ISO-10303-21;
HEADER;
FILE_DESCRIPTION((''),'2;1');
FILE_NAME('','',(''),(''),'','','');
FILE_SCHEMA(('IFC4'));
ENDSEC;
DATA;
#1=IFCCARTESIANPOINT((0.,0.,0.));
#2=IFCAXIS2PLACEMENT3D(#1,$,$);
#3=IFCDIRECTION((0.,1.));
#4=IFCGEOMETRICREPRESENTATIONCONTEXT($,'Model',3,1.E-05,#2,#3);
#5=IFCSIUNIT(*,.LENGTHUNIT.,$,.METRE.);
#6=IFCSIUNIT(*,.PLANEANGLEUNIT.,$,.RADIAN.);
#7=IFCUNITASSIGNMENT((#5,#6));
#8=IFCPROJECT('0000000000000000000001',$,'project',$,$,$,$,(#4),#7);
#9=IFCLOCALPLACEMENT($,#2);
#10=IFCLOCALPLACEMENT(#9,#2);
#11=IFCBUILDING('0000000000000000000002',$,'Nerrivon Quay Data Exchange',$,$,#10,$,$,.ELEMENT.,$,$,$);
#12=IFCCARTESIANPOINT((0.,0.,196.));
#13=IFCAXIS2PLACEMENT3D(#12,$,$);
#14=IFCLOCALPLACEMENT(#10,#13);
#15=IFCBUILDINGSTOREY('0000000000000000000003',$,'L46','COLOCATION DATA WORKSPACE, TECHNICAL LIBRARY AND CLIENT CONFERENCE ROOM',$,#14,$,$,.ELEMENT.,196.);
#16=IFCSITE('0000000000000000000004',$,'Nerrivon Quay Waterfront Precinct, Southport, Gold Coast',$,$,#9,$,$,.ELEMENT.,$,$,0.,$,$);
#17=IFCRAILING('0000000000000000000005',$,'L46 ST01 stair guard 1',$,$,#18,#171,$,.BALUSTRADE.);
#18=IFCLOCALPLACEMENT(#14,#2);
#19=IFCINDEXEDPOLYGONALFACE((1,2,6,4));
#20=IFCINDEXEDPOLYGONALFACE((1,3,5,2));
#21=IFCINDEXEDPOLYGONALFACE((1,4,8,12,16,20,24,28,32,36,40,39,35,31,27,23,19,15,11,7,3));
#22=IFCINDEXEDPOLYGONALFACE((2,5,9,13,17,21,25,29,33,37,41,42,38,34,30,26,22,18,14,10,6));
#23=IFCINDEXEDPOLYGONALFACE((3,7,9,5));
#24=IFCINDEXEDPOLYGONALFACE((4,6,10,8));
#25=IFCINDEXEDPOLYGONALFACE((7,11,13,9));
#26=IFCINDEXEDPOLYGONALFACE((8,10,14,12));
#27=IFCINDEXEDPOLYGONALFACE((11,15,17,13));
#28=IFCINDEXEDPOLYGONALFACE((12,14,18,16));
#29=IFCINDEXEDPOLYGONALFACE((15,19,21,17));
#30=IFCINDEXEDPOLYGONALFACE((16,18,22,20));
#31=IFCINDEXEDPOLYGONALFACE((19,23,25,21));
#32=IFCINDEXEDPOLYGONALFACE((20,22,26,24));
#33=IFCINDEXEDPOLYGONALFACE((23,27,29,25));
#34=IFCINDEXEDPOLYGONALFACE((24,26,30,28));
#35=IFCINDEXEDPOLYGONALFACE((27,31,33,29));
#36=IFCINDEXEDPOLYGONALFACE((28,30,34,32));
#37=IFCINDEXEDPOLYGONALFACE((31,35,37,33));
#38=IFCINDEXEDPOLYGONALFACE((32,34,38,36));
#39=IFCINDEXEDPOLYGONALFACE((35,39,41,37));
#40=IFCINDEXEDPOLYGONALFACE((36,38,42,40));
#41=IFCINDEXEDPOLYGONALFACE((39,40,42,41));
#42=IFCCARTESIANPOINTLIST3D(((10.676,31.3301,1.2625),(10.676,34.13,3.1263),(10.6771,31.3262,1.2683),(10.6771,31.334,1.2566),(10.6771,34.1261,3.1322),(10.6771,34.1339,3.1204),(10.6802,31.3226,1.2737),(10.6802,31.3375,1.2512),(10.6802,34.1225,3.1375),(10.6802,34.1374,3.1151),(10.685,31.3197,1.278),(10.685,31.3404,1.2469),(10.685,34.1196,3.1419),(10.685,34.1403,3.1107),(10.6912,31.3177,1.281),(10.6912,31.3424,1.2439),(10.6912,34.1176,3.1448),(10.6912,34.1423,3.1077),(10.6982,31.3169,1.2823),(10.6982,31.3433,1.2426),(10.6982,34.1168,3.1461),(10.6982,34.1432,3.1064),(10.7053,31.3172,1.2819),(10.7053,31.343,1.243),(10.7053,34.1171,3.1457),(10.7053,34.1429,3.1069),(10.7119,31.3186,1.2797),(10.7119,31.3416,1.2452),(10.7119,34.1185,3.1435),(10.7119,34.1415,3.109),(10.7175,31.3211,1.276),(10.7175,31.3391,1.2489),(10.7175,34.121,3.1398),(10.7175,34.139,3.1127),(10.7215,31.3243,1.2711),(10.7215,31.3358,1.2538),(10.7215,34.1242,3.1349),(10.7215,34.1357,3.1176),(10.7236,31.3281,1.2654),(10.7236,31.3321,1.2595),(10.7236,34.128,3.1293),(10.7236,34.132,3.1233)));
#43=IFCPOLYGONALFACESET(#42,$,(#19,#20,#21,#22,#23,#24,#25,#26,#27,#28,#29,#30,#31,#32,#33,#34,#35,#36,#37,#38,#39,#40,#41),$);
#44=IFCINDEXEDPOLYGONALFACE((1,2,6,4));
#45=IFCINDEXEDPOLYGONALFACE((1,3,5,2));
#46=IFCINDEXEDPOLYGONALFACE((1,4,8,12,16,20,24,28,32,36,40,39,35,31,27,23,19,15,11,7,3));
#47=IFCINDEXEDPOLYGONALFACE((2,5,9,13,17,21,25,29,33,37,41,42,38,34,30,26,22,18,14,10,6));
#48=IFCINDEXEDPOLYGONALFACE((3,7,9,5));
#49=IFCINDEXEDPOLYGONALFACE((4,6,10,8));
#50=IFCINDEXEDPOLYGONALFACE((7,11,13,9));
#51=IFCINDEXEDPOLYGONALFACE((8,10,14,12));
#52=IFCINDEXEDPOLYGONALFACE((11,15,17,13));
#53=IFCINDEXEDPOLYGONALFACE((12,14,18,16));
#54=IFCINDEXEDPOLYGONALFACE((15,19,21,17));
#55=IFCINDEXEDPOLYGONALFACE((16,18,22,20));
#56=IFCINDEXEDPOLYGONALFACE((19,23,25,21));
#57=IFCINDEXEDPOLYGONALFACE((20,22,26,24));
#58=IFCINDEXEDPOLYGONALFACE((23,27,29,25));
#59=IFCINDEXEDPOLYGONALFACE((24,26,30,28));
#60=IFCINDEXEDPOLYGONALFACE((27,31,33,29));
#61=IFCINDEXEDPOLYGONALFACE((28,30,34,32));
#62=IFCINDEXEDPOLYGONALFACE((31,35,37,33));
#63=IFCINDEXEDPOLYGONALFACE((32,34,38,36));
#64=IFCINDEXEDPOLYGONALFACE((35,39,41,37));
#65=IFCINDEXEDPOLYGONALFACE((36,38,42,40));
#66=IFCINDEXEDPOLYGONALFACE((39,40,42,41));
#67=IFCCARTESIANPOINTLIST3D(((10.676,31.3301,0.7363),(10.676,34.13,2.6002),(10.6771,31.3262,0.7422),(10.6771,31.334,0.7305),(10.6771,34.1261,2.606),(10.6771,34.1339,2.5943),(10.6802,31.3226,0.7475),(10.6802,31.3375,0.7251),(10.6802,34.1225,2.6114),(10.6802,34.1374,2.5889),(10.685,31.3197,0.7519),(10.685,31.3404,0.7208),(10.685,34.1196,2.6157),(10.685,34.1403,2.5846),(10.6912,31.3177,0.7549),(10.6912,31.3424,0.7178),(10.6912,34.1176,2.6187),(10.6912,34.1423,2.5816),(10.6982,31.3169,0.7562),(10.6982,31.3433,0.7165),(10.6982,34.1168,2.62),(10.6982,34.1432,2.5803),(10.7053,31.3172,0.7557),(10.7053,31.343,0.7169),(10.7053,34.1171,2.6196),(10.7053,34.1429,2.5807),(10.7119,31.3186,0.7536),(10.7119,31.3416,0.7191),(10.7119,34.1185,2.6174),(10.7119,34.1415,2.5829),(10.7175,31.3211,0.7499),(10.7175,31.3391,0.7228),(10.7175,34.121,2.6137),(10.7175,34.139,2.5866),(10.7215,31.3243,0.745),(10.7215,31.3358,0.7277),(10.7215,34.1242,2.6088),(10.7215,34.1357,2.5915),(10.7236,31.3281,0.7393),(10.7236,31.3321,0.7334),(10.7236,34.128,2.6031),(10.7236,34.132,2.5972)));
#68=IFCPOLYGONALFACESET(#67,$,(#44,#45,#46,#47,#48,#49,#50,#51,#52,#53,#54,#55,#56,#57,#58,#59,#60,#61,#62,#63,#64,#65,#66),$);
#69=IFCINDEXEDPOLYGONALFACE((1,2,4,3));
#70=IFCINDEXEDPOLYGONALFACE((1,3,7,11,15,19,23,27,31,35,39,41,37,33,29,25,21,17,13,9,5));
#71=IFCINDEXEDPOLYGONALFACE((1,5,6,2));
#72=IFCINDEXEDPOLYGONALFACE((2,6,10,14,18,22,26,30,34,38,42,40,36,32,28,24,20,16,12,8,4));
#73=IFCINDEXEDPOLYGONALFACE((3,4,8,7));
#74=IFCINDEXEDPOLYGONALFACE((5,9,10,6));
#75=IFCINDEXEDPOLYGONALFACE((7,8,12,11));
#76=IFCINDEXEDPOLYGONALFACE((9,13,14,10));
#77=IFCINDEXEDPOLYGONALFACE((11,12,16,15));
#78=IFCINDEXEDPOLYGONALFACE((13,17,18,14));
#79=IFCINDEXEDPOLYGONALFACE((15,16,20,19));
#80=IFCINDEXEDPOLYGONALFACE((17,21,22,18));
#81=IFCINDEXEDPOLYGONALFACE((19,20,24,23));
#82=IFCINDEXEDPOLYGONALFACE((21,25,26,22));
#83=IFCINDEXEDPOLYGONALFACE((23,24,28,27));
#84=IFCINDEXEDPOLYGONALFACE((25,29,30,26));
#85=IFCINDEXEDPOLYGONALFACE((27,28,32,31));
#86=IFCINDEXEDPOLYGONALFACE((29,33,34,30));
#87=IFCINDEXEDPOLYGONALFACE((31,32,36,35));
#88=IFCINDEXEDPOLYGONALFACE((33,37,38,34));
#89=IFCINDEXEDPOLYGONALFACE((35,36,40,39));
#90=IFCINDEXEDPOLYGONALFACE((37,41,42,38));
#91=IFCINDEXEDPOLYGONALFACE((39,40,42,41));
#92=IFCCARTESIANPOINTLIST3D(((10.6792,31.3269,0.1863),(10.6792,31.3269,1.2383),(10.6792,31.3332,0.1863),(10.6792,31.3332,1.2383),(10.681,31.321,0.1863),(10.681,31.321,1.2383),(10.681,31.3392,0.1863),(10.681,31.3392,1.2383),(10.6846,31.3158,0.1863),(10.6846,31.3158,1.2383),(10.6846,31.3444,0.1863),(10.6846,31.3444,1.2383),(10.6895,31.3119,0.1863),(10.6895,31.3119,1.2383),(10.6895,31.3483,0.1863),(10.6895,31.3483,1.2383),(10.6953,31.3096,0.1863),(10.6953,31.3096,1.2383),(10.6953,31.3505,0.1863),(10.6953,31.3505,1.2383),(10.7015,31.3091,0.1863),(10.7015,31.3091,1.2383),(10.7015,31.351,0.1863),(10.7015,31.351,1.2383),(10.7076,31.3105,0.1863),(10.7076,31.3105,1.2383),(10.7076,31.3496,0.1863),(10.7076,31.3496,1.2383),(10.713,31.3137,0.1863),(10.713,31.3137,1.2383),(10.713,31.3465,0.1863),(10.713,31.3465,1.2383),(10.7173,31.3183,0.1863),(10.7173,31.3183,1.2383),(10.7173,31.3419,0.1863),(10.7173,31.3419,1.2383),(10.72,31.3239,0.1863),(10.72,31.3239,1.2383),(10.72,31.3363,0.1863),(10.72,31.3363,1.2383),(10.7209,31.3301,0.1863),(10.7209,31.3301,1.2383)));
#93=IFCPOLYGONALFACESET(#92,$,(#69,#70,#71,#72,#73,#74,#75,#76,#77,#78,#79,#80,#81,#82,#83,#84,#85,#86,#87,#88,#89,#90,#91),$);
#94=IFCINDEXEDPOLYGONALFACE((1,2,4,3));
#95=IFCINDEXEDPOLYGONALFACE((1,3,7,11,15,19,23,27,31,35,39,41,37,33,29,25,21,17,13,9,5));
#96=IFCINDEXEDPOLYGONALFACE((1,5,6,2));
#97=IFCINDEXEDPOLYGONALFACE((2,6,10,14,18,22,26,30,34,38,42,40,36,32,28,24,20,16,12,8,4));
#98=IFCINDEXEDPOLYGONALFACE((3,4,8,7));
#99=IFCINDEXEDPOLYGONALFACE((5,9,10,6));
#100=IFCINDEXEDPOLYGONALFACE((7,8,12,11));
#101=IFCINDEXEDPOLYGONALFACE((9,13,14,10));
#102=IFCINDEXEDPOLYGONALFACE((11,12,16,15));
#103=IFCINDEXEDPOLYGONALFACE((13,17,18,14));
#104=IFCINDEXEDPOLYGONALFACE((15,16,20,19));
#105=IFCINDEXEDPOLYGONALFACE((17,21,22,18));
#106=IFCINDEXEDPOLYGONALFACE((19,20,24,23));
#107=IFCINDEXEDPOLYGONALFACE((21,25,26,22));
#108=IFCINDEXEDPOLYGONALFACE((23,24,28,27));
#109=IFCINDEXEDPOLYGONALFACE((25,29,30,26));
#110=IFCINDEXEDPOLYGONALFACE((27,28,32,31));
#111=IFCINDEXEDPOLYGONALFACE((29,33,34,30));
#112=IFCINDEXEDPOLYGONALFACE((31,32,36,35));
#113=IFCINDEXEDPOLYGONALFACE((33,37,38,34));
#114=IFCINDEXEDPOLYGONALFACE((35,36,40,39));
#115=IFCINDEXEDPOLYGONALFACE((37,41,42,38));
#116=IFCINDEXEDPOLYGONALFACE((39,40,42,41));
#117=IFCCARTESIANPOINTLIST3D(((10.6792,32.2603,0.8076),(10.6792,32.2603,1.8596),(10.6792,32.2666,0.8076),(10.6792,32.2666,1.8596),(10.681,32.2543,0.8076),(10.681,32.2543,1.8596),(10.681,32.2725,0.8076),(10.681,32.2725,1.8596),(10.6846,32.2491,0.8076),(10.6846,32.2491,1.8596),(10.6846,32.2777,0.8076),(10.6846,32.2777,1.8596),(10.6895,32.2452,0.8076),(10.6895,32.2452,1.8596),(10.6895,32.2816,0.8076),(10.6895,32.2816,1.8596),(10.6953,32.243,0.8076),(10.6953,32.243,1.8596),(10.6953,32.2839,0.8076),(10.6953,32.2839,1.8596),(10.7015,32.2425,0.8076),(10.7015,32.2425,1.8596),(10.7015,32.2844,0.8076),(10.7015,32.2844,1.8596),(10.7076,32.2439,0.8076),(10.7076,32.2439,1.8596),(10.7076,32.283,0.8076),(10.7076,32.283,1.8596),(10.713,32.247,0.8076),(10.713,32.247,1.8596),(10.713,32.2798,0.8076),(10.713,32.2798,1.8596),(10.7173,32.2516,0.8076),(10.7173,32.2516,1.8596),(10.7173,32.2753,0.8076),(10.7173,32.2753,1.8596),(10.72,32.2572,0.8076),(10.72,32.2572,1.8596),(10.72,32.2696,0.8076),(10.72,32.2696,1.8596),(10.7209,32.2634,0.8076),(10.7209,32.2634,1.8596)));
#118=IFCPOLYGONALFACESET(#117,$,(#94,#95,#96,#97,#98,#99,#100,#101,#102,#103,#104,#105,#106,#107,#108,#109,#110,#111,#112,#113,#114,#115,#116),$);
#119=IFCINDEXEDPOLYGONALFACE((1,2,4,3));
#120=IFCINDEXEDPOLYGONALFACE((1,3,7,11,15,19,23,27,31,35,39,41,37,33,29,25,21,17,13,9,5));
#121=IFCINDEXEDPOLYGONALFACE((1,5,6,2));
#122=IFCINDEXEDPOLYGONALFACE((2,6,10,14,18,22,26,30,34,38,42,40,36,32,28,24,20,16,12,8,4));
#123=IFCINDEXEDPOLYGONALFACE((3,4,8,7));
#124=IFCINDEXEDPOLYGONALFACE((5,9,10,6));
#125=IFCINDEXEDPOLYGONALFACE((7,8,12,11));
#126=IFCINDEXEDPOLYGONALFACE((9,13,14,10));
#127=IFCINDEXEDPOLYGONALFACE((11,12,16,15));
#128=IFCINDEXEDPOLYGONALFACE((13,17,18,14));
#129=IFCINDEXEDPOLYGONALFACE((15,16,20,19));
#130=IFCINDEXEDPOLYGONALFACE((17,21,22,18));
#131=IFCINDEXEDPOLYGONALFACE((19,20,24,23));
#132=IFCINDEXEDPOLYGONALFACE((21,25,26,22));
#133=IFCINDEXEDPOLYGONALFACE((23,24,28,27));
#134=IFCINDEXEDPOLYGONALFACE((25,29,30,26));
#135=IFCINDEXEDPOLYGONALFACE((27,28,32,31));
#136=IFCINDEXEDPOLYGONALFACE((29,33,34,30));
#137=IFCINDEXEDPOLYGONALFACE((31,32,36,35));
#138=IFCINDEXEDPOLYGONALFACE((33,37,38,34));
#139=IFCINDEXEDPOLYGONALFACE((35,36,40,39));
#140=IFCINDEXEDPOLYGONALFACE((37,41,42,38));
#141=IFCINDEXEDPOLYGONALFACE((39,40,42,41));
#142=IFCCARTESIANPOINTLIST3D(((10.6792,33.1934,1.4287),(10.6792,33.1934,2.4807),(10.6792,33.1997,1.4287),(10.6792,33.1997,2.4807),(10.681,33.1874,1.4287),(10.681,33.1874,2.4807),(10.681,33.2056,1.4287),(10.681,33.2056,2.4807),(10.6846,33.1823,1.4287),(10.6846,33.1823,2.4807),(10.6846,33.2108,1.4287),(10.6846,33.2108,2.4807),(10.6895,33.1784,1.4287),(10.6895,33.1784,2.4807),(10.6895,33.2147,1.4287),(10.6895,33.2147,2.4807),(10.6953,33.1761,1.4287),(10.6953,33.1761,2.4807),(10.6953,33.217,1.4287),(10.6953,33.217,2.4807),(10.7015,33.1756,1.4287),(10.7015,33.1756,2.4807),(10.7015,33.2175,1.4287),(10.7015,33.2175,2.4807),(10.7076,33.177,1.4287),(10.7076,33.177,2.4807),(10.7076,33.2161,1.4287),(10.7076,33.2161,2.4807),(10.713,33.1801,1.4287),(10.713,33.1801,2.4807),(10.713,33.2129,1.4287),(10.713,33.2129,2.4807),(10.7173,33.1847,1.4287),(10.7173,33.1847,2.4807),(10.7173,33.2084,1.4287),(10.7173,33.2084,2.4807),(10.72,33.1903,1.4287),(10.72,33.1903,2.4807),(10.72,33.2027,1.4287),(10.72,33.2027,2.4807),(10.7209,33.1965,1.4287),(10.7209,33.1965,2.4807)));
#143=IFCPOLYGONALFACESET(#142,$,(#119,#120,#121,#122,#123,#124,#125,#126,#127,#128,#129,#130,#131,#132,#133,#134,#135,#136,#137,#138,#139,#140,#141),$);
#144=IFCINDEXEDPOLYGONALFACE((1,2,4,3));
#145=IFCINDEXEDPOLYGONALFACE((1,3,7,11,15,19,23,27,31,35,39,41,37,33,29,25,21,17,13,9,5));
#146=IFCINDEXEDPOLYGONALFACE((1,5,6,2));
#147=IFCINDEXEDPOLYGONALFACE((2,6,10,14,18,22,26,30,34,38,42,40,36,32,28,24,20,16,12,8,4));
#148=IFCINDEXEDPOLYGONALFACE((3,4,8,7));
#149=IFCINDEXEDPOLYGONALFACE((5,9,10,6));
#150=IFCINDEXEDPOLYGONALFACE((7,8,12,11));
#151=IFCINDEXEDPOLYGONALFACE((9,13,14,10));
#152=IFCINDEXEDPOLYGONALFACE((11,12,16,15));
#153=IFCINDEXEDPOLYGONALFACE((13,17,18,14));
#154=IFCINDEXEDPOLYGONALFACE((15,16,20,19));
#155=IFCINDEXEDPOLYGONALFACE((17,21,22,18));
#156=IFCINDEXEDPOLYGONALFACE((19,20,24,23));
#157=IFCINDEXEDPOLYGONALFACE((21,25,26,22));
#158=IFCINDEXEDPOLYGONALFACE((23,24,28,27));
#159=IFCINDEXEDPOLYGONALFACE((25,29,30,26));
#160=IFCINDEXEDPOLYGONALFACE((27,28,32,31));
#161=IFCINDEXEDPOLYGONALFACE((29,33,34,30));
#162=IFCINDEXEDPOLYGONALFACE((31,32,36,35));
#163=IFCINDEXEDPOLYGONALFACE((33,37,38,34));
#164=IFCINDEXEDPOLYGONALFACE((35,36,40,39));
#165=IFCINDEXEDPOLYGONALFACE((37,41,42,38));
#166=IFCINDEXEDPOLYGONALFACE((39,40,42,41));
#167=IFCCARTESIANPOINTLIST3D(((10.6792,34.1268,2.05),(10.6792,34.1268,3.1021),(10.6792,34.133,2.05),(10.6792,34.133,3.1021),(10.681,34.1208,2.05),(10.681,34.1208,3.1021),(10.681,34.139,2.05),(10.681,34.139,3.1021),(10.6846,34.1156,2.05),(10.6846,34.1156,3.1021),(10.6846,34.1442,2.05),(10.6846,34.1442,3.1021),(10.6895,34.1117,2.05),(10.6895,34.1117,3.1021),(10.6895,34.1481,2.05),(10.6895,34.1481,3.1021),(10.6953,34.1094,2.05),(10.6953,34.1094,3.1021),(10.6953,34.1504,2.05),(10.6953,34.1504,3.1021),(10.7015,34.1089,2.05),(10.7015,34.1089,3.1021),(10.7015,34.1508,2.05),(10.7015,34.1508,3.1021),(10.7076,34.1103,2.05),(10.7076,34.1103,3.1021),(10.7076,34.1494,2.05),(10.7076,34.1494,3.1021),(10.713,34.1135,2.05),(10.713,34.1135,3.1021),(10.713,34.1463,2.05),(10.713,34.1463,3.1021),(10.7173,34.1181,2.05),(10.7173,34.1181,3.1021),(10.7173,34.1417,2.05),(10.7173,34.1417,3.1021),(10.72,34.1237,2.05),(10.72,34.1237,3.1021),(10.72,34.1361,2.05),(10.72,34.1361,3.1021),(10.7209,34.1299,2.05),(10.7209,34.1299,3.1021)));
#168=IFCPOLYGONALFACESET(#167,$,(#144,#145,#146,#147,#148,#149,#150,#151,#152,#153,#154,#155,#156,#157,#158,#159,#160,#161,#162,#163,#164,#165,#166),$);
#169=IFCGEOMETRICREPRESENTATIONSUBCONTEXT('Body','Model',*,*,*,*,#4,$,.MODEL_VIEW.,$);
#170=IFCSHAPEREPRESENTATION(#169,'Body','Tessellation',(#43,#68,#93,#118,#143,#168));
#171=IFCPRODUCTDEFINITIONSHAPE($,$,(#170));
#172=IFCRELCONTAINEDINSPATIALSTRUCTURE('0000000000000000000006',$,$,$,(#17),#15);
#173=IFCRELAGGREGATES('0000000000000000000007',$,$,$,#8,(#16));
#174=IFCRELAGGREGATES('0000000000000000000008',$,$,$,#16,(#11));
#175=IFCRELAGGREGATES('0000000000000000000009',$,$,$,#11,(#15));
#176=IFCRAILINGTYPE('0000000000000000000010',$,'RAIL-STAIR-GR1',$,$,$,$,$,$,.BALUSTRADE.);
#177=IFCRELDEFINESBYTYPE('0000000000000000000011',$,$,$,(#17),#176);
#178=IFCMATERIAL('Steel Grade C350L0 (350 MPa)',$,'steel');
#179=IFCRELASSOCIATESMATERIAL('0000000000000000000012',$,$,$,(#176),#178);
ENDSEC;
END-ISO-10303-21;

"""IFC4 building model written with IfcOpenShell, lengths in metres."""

from ifc_helpers import new_model, si_unit, direction, frame, origin, origin_2d, place, context, subcontext, project, spatial, circle, extrude, material, type_object, element, save


model = new_model("IFC4")

# Units and contexts
model_context = context("Model", 3, precision=1e-05, world=origin(), true_north=direction((0.0, 1.0)))
body_context = subcontext(model_context, "Body", "Model", "MODEL_VIEW")
ifc_project = project(units=[si_unit("LENGTHUNIT", "METRE"), si_unit("PLANEANGLEUNIT", "RADIAN")], contexts=[model_context])

# Site, building, storey
site_placement = place(None, origin())
site = spatial("IfcSite", under=ifc_project, at=site_placement, Name="Nerrivon Quay Waterfront Precinct, Southport, Gold Coast", CompositionType="ELEMENT", RefElevation=0.0)
building_placement = place(site_placement, origin())
building = spatial("IfcBuilding", under=site, at=building_placement, Name="Nerrivon Quay Data Exchange", CompositionType="ELEMENT")
storey_placement = place(building_placement, frame((0.0, 0.0, 196.0)))
storey = spatial("IfcBuildingStorey", under=building, at=storey_placement, Name="L46", Description="COLOCATION DATA WORKSPACE, TECHNICAL LIBRARY AND CLIENT CONFERENCE ROOM", CompositionType="ELEMENT", Elevation=196.0)

# Railing
ifc_material_1 = material(Name="Steel Grade C350L0 (350 MPa)", Category="steel")
railing_type_1 = type_object("IfcRailingType", Name="RAIL-STAIR-GR1", PredefinedType="BALUSTRADE", material=ifc_material_1)
railing_1_placement = place(storey_placement, frame((10.7, 31.3301, 0.1863)))
element("IfcRailing", 1, at=railing_1_placement, inside=storey, type_object=railing_type_1, Name="L46 ST01 stair guard 1", PredefinedType="BALUSTRADE", context=body_context, shape_type="SweptSolid", body=[
    extrude(circle(Radius=0.0239, at=origin_2d()), frame((0.0, 0.0, 1.0762), z_axis=(0.0, 0.83243, 0.554131), x_axis=(-1.0, 0.0, 0.0)), (0.0, 0.0, 1.0), 3.3635),
    extrude(circle(Radius=0.0239, at=origin_2d()), frame((0.0, 0.0, 0.55), z_axis=(0.0, 0.83243, 0.554131), x_axis=(-1.0, 0.0, 0.0)), (0.0, 0.0, 1.0), 3.3635),
    extrude(circle(Radius=0.021, at=origin_2d()), origin(), (0.0, 0.0, 1.0), 1.052),
    extrude(circle(Radius=0.021, at=origin_2d()), frame((0.0, 0.9333, 0.6213)), (0.0, 0.0, 1.0), 1.052),
    extrude(circle(Radius=0.021, at=origin_2d()), frame((0.0, 1.8665, 1.2424)), (0.0, 0.0, 1.0), 1.052),
    extrude(circle(Radius=0.021, at=origin_2d()), frame((0.0, 2.7998, 1.8638)), (0.0, 0.0, 1.0), 1.052),
])

save(model, "model.ifc")
